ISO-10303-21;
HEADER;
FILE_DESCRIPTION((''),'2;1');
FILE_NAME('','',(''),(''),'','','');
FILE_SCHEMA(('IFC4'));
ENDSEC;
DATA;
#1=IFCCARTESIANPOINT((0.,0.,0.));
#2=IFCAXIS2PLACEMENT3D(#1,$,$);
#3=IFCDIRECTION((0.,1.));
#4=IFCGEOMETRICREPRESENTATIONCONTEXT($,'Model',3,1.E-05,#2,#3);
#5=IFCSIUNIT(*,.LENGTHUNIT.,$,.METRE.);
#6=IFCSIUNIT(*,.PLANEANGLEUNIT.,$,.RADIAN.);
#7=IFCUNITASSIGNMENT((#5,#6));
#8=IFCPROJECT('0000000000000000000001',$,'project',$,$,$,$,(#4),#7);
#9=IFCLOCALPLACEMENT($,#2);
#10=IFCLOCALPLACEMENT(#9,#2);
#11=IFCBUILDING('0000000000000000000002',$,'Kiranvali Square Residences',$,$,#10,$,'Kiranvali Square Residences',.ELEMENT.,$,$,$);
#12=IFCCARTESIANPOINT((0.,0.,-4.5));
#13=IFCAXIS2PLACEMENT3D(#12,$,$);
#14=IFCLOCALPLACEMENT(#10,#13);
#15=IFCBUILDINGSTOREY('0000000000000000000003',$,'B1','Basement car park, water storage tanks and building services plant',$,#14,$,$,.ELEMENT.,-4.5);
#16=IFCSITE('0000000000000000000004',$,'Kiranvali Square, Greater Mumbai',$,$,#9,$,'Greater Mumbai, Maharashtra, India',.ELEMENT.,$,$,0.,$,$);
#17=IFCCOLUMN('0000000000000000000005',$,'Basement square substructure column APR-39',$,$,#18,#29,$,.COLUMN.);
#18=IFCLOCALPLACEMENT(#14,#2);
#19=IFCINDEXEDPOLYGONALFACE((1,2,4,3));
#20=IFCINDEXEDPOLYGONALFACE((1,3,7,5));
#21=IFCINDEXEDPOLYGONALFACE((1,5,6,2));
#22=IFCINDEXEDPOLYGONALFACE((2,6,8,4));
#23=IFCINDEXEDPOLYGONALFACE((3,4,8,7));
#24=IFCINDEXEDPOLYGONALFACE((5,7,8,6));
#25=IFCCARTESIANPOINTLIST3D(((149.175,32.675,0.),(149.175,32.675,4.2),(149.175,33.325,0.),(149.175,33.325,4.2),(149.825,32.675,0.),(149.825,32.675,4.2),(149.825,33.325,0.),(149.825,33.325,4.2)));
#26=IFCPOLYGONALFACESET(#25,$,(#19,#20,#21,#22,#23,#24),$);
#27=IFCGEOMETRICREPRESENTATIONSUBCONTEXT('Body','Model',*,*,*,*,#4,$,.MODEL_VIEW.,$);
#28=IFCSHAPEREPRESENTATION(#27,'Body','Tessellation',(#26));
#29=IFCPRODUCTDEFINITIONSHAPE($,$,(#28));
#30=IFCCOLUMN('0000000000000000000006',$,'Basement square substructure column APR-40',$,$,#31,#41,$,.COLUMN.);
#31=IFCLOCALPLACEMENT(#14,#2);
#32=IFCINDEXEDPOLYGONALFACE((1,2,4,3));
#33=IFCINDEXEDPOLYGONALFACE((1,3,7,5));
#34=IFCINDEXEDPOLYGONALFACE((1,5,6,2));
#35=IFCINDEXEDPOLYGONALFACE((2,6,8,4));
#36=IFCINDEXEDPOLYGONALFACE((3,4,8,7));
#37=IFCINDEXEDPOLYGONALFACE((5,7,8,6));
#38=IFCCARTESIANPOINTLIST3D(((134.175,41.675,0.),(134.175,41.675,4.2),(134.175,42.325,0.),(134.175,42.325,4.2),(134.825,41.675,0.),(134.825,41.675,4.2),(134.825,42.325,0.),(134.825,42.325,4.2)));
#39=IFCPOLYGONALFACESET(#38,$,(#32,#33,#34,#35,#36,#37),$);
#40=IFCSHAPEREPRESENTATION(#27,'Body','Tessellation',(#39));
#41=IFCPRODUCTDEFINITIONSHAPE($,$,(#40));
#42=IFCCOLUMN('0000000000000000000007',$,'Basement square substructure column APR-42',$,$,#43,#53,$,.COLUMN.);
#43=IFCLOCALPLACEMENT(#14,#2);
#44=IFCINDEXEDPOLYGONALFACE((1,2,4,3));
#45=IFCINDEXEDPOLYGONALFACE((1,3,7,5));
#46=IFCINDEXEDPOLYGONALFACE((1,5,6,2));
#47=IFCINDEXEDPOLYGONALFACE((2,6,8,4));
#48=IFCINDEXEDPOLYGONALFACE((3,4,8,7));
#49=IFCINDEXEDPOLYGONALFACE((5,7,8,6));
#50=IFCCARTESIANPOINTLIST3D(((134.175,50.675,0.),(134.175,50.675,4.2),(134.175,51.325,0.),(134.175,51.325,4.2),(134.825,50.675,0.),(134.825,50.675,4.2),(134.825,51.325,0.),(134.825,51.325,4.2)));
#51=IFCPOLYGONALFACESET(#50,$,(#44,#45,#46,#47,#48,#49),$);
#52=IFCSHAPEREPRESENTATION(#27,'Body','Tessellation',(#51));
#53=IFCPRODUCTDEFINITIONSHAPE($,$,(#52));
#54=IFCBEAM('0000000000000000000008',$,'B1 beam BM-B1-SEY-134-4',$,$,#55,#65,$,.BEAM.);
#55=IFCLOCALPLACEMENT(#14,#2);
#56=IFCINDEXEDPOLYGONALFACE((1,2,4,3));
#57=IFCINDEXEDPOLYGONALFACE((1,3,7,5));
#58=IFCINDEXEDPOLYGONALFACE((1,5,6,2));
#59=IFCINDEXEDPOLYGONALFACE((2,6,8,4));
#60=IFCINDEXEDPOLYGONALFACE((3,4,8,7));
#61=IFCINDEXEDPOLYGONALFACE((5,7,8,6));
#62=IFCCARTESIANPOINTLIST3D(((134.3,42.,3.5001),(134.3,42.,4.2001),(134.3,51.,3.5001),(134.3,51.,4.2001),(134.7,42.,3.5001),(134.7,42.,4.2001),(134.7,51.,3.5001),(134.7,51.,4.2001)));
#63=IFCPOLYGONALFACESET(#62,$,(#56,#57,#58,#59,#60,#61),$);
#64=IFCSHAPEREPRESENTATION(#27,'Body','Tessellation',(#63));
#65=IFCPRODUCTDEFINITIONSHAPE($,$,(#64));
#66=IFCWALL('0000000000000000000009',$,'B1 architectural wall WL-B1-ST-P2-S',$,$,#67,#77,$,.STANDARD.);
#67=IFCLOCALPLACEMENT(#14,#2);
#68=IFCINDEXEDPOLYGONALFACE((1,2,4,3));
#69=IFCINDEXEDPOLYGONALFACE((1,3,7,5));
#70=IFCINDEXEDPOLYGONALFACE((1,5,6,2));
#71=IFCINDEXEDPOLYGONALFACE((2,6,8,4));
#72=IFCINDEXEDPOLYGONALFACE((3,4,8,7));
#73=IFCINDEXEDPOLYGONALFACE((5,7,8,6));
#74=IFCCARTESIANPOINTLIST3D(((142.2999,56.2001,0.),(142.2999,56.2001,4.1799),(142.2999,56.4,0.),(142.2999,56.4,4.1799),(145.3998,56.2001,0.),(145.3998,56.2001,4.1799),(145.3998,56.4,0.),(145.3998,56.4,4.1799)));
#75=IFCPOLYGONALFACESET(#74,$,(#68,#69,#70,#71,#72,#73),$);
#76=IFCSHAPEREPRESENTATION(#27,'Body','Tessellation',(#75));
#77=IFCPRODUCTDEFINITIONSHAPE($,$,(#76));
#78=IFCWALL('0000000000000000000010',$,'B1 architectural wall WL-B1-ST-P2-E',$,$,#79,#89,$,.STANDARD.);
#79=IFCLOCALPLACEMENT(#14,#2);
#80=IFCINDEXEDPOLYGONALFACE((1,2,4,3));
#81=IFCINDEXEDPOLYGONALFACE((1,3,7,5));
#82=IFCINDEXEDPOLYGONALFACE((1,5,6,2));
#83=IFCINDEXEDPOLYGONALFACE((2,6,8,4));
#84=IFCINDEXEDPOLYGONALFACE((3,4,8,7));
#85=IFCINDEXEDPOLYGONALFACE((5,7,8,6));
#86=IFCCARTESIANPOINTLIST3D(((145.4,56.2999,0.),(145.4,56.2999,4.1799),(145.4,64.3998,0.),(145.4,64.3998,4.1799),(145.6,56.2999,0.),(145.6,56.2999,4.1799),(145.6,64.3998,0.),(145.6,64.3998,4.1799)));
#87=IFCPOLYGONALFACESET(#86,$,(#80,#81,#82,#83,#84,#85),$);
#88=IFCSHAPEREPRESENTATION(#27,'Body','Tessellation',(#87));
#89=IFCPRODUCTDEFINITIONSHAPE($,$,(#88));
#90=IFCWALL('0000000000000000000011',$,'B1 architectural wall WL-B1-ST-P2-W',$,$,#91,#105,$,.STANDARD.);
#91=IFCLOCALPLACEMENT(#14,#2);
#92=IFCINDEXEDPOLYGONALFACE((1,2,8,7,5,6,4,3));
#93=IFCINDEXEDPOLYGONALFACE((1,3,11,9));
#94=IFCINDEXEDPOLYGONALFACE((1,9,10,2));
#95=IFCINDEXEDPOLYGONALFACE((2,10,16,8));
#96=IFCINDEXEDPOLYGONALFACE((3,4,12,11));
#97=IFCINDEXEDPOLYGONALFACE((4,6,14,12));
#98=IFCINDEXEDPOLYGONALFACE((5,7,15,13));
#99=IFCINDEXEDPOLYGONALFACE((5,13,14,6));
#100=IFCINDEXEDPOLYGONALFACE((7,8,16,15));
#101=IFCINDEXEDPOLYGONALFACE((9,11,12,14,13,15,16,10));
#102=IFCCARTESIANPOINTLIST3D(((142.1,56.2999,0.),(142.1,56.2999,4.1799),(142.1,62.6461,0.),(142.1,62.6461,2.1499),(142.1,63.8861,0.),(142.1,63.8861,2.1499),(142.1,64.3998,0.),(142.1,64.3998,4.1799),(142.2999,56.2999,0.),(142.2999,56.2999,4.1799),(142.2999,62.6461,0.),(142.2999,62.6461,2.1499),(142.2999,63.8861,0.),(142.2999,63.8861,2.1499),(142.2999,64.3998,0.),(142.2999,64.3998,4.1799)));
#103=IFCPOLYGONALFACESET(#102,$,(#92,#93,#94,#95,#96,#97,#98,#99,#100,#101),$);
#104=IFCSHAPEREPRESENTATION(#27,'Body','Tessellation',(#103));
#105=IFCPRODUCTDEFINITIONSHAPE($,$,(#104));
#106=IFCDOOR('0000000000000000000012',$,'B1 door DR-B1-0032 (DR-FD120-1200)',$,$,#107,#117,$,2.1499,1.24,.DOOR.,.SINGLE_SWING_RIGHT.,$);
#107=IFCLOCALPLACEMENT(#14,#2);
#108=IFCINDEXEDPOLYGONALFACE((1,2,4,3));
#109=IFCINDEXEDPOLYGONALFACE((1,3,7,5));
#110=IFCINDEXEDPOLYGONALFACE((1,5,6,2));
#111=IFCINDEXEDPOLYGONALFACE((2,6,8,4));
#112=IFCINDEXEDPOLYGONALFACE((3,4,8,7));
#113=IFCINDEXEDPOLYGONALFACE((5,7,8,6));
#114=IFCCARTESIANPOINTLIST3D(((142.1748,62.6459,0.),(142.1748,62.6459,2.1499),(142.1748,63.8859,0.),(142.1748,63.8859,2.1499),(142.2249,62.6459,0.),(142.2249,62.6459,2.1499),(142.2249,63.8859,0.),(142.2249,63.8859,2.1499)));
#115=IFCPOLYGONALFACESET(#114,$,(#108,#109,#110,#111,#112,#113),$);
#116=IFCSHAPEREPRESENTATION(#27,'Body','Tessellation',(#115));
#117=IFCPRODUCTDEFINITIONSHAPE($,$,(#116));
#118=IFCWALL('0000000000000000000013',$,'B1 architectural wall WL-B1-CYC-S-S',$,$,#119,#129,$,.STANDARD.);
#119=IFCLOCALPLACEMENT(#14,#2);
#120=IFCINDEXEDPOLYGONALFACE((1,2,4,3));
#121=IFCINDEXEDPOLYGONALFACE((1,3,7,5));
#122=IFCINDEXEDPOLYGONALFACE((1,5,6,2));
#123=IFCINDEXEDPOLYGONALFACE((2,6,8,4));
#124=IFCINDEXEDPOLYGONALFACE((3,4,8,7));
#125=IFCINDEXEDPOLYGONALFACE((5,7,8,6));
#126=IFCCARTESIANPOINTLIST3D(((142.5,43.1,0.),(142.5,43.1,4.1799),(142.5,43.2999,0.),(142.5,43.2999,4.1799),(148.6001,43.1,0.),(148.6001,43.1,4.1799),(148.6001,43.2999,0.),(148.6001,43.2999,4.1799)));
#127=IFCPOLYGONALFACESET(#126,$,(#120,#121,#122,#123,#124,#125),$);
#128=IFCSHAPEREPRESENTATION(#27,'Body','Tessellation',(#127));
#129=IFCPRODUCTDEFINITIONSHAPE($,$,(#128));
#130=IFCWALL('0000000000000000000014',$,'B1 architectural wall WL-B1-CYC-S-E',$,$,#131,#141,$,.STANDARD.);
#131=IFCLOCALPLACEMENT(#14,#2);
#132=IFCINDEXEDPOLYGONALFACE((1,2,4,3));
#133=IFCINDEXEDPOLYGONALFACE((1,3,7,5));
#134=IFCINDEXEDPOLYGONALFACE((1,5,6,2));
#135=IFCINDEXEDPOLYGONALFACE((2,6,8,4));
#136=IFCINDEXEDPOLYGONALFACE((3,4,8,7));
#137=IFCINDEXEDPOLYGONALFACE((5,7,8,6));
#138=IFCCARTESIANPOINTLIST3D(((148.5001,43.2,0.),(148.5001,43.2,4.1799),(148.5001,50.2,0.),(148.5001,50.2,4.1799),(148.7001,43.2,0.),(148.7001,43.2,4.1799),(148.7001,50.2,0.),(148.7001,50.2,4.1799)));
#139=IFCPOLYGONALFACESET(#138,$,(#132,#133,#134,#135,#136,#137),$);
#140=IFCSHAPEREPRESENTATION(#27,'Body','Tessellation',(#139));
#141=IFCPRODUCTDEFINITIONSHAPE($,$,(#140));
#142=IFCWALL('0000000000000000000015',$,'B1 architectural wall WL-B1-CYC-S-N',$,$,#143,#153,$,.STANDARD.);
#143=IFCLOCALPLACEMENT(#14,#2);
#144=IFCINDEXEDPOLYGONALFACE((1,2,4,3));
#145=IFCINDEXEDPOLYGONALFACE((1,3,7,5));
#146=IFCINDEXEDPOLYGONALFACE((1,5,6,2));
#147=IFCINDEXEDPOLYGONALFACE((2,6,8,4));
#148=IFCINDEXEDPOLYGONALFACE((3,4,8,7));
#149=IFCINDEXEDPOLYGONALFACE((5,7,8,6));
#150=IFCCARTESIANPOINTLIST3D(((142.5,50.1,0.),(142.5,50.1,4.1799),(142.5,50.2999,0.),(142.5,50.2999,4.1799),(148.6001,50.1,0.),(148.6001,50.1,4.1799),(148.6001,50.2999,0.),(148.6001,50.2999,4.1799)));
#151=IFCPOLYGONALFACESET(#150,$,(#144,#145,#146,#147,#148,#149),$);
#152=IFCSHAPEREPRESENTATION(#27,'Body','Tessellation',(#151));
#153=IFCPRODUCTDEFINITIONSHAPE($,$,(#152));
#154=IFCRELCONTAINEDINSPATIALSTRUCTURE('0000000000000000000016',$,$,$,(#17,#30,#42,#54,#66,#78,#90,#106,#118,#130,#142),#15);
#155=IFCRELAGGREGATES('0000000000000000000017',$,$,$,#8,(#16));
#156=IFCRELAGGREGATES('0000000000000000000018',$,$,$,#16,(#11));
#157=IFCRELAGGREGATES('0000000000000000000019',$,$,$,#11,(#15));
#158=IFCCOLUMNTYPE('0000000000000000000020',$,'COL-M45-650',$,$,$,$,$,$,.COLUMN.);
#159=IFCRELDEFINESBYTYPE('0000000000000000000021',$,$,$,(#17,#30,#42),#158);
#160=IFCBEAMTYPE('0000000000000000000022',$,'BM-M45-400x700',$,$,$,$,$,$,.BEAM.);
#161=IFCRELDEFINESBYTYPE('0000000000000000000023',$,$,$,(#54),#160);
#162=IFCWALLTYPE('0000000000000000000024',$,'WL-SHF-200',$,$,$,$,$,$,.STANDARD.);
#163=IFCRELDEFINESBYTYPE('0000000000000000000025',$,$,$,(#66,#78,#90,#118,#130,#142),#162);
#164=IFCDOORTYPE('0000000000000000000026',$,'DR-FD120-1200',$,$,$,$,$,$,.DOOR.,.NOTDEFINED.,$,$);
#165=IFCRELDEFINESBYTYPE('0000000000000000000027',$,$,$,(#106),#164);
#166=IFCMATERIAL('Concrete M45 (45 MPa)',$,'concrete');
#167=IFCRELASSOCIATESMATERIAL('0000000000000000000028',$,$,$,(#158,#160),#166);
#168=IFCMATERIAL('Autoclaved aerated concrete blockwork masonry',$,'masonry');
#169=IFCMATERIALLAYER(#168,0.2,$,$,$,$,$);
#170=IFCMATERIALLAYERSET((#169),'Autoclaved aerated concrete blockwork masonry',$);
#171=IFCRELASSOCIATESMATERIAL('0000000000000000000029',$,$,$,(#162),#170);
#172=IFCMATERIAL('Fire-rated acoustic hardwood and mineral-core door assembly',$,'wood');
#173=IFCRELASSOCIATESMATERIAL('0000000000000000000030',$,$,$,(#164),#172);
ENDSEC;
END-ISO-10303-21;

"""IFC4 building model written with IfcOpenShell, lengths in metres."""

from ifc_helpers import new_model, si_unit, direction, frame, frame_2d, origin, origin_2d, place, context, subcontext, project, spatial, rectangle, extrude, material, layer, layer_set, material_profile, profile_set, type_object, element, fill, save


model = new_model("IFC4")

# Units and contexts
model_context = context("Model", 3, precision=1e-05, world=origin(), true_north=direction((0.0, 1.0)))
body_context = subcontext(model_context, "Body", "Model", "MODEL_VIEW")
ifc_project = project(units=[si_unit("LENGTHUNIT", "METRE"), si_unit("PLANEANGLEUNIT", "RADIAN")], contexts=[model_context])

# Site, building, storey
site_placement = place(None, origin())
site = spatial("IfcSite", under=ifc_project, at=site_placement, Name="Kiranvali Square, Greater Mumbai", LongName="Greater Mumbai, Maharashtra, India", CompositionType="ELEMENT", RefElevation=0.0)
building_placement = place(site_placement, origin())
building = spatial("IfcBuilding", under=site, at=building_placement, Name="Kiranvali Square Residences", LongName="Kiranvali Square Residences", CompositionType="ELEMENT")
storey_placement = place(building_placement, frame((0.0, 0.0, -4.5)))
storey = spatial("IfcBuildingStorey", under=building, at=storey_placement, Name="B1", Description="Basement car park, water storage tanks and building services plant", CompositionType="ELEMENT", Elevation=-4.5)

# Columns
ifc_material_1 = material(Name="Concrete M45 (45 MPa)", Category="concrete")
ifc_material_profile_1 = material_profile(ifc_material_1, rectangle(XDim=0.6499, YDim=0.6499, at=origin_2d()), Name="RC 650x650")
ifc_profile_set_1 = profile_set([ifc_material_profile_1], Name="Concrete M45 (45 MPa)")
column_type_1 = type_object("IfcColumnType", Name="COL-M45-650", PredefinedType="COLUMN", material=ifc_profile_set_1)
for number, where, z_axis, x_axis, name in (
    (1, (149.5, 33.0, 0.0), (0.0, 0.0, 1.0), (1.0, 0.0, 0.0), "Basement square substructure column APR-39"),
    (2, (134.5, 42.0, 0.0), (0.0, 0.0, 1.0), (1.0, 0.0, 0.0), "Basement square substructure column APR-40"),
    (3, (134.5, 51.0, 0.0), (0.0, 0.0, 1.0), (1.0, 0.0, 0.0), "Basement square substructure column APR-42"),
):
    element("IfcColumn", number, at=place(storey_placement, frame(where, z_axis=z_axis, x_axis=x_axis)), inside=storey, type_object=column_type_1, Name=name, PredefinedType="COLUMN", context=body_context, shape_type="SweptSolid", body=[
        extrude(rectangle(XDim=0.6499, YDim=0.6499, at=origin_2d()), origin(), (0.0, 0.0, 1.0), 4.2),
    ])

# Beam
ifc_material_profile_2 = material_profile(ifc_material_1, rectangle(XDim=0.3999, YDim=0.7, at=origin_2d()), Name="RC 400x700")
ifc_profile_set_2 = profile_set([ifc_material_profile_2], Name="Concrete M45 (45 MPa)")
beam_type = type_object("IfcBeamType", Name="BM-M45-400x700", PredefinedType="BEAM", material=ifc_profile_set_2)
beam_placement = place(storey_placement, frame((134.5, 42.0, 3.8501), z_axis=(0.0, 1.0, 0.0), x_axis=(-1.0, 0.0, 0.0)))
element("IfcBeam", 4, at=beam_placement, inside=storey, type_object=beam_type, Name="B1 beam BM-B1-SEY-134-4", PredefinedType="BEAM", context=body_context, shape_type="SweptSolid", body=[
    extrude(rectangle(XDim=0.3999, YDim=0.7, at=origin_2d()), origin(), (0.0, 0.0, 1.0), 9.0),
])

# Walls
ifc_material_2 = material(Name="Autoclaved aerated concrete blockwork masonry", Category="masonry")
ifc_layer = layer(ifc_material_2, 0.2)
ifc_layer_set = layer_set([ifc_layer], Name="Autoclaved aerated concrete blockwork masonry")
wall_type = type_object("IfcWallType", Name="WL-SHF-200", PredefinedType="STANDARD", material=ifc_layer_set)
wall_1_placement = place(storey_placement, frame((142.3, 56.3, 0.0), z_axis=(0.0, 0.0, 1.0), x_axis=(1.0, 0.0, 0.0)))
element("IfcWall", 5, at=wall_1_placement, inside=storey, type_object=wall_type, Name="B1 architectural wall WL-B1-ST-P2-S", PredefinedType="STANDARD", context=body_context, shape_type="SweptSolid", body=[
    extrude(rectangle(XDim=3.0999, YDim=0.2, at=frame_2d((1.5498, 0.0))), origin(), (0.0, 0.0, 1.0), 4.1799),
])
wall_2_placement = place(storey_placement, frame((145.5, 56.3, 0.0), z_axis=(0.0, 0.0, 1.0), x_axis=(0.0, 1.0, 0.0)))
element("IfcWall", 6, at=wall_2_placement, inside=storey, type_object=wall_type, Name="B1 architectural wall WL-B1-ST-P2-E", PredefinedType="STANDARD", context=body_context, shape_type="SweptSolid", body=[
    extrude(rectangle(XDim=8.0999, YDim=0.2, at=frame_2d((4.0498, 0.0))), origin(), (0.0, 0.0, 1.0), 4.1799),
])

# Wall, opening, door
wall_3_placement = place(storey_placement, frame((142.2, 56.3, 0.0), z_axis=(0.0, 0.0, 1.0), x_axis=(0.0, 1.0, 0.0)))
wall_3 = element("IfcWall", 7, at=wall_3_placement, inside=storey, type_object=wall_type, Name="B1 architectural wall WL-B1-ST-P2-W", PredefinedType="STANDARD", context=body_context, shape_type="SweptSolid", body=[
    extrude(rectangle(XDim=8.0999, YDim=0.2, at=frame_2d((4.0498, 0.0))), origin(), (0.0, 0.0, 1.0), 4.1799),
])
opening_1_placement = place(wall_3_placement, frame((6.3459, 0.0, 0.0)))
opening_1 = element("IfcOpeningElement", 8, at=opening_1_placement, cuts=wall_3, PredefinedType="OPENING", context=body_context, shape_type="SweptSolid", body=[
    extrude(rectangle(XDim=1.24, YDim=2.1499, at=frame_2d((0.6201, 1.075))), frame((0.0, 0.1099, 0.0), z_axis=(0.0, -1.0, 0.0), x_axis=(1.0, 0.0, 0.0)), (0.0, 0.0, 1.0), 0.22),
])
ifc_material_3 = material(Name="Fire-rated acoustic hardwood and mineral-core door assembly", Category="wood")
door_type_1 = type_object("IfcDoorType", Name="DR-FD120-1200", OperationType="NOTDEFINED", PredefinedType="DOOR", material=ifc_material_3)
door_1_placement = place(opening_1_placement, frame((1.24, 0.0, 0.0), z_axis=(0.0, 0.0, 1.0), x_axis=(-1.0, 0.0, 0.0)))
door_1 = element("IfcDoor", 9, at=door_1_placement, inside=storey, type_object=door_type_1, Name="B1 door DR-B1-0032 (DR-FD120-1200)", OperationType="SINGLE_SWING_RIGHT", OverallHeight=2.1499, OverallWidth=1.24, PredefinedType="DOOR", context=body_context, shape_type="SweptSolid", body=[
    extrude(rectangle(XDim=1.24, YDim=2.1499, at=frame_2d((0.6201, 1.075))), frame((0.0, 0.0249, 0.0), z_axis=(0.0, -1.0, 0.0), x_axis=(1.0, 0.0, 0.0)), (0.0, 0.0, 1.0), 0.05),
])
fill(opening_1, door_1)

# Walls
wall_4_placement = place(storey_placement, frame((142.5, 43.2, 0.0), z_axis=(0.0, 0.0, 1.0), x_axis=(1.0, 0.0, 0.0)))
element("IfcWall", 10, at=wall_4_placement, inside=storey, type_object=wall_type, Name="B1 architectural wall WL-B1-CYC-S-S", PredefinedType="STANDARD", context=body_context, shape_type="SweptSolid", body=[
    extrude(rectangle(XDim=6.1001, YDim=0.2, at=frame_2d((3.05, 0.0))), origin(), (0.0, 0.0, 1.0), 4.1799),
])
wall_5_placement = place(storey_placement, frame((148.6001, 43.2, 0.0), z_axis=(0.0, 0.0, 1.0), x_axis=(0.0, 1.0, 0.0)))
element("IfcWall", 11, at=wall_5_placement, inside=storey, type_object=wall_type, Name="B1 architectural wall WL-B1-CYC-S-E", PredefinedType="STANDARD", context=body_context, shape_type="SweptSolid", body=[
    extrude(rectangle(XDim=7.0, YDim=0.2, at=frame_2d((3.5, 0.0))), origin(), (0.0, 0.0, 1.0), 4.1799),
])
wall_6_placement = place(storey_placement, frame((148.6001, 50.2, 0.0), z_axis=(0.0, 0.0, 1.0), x_axis=(-1.0, 0.0, 0.0)))
element("IfcWall", 12, at=wall_6_placement, inside=storey, type_object=wall_type, Name="B1 architectural wall WL-B1-CYC-S-N", PredefinedType="STANDARD", context=body_context, shape_type="SweptSolid", body=[
    extrude(rectangle(XDim=6.1001, YDim=0.2, at=frame_2d((3.05, 0.0))), origin(), (0.0, 0.0, 1.0), 4.1799),
])

save(model, "model.ifc")
